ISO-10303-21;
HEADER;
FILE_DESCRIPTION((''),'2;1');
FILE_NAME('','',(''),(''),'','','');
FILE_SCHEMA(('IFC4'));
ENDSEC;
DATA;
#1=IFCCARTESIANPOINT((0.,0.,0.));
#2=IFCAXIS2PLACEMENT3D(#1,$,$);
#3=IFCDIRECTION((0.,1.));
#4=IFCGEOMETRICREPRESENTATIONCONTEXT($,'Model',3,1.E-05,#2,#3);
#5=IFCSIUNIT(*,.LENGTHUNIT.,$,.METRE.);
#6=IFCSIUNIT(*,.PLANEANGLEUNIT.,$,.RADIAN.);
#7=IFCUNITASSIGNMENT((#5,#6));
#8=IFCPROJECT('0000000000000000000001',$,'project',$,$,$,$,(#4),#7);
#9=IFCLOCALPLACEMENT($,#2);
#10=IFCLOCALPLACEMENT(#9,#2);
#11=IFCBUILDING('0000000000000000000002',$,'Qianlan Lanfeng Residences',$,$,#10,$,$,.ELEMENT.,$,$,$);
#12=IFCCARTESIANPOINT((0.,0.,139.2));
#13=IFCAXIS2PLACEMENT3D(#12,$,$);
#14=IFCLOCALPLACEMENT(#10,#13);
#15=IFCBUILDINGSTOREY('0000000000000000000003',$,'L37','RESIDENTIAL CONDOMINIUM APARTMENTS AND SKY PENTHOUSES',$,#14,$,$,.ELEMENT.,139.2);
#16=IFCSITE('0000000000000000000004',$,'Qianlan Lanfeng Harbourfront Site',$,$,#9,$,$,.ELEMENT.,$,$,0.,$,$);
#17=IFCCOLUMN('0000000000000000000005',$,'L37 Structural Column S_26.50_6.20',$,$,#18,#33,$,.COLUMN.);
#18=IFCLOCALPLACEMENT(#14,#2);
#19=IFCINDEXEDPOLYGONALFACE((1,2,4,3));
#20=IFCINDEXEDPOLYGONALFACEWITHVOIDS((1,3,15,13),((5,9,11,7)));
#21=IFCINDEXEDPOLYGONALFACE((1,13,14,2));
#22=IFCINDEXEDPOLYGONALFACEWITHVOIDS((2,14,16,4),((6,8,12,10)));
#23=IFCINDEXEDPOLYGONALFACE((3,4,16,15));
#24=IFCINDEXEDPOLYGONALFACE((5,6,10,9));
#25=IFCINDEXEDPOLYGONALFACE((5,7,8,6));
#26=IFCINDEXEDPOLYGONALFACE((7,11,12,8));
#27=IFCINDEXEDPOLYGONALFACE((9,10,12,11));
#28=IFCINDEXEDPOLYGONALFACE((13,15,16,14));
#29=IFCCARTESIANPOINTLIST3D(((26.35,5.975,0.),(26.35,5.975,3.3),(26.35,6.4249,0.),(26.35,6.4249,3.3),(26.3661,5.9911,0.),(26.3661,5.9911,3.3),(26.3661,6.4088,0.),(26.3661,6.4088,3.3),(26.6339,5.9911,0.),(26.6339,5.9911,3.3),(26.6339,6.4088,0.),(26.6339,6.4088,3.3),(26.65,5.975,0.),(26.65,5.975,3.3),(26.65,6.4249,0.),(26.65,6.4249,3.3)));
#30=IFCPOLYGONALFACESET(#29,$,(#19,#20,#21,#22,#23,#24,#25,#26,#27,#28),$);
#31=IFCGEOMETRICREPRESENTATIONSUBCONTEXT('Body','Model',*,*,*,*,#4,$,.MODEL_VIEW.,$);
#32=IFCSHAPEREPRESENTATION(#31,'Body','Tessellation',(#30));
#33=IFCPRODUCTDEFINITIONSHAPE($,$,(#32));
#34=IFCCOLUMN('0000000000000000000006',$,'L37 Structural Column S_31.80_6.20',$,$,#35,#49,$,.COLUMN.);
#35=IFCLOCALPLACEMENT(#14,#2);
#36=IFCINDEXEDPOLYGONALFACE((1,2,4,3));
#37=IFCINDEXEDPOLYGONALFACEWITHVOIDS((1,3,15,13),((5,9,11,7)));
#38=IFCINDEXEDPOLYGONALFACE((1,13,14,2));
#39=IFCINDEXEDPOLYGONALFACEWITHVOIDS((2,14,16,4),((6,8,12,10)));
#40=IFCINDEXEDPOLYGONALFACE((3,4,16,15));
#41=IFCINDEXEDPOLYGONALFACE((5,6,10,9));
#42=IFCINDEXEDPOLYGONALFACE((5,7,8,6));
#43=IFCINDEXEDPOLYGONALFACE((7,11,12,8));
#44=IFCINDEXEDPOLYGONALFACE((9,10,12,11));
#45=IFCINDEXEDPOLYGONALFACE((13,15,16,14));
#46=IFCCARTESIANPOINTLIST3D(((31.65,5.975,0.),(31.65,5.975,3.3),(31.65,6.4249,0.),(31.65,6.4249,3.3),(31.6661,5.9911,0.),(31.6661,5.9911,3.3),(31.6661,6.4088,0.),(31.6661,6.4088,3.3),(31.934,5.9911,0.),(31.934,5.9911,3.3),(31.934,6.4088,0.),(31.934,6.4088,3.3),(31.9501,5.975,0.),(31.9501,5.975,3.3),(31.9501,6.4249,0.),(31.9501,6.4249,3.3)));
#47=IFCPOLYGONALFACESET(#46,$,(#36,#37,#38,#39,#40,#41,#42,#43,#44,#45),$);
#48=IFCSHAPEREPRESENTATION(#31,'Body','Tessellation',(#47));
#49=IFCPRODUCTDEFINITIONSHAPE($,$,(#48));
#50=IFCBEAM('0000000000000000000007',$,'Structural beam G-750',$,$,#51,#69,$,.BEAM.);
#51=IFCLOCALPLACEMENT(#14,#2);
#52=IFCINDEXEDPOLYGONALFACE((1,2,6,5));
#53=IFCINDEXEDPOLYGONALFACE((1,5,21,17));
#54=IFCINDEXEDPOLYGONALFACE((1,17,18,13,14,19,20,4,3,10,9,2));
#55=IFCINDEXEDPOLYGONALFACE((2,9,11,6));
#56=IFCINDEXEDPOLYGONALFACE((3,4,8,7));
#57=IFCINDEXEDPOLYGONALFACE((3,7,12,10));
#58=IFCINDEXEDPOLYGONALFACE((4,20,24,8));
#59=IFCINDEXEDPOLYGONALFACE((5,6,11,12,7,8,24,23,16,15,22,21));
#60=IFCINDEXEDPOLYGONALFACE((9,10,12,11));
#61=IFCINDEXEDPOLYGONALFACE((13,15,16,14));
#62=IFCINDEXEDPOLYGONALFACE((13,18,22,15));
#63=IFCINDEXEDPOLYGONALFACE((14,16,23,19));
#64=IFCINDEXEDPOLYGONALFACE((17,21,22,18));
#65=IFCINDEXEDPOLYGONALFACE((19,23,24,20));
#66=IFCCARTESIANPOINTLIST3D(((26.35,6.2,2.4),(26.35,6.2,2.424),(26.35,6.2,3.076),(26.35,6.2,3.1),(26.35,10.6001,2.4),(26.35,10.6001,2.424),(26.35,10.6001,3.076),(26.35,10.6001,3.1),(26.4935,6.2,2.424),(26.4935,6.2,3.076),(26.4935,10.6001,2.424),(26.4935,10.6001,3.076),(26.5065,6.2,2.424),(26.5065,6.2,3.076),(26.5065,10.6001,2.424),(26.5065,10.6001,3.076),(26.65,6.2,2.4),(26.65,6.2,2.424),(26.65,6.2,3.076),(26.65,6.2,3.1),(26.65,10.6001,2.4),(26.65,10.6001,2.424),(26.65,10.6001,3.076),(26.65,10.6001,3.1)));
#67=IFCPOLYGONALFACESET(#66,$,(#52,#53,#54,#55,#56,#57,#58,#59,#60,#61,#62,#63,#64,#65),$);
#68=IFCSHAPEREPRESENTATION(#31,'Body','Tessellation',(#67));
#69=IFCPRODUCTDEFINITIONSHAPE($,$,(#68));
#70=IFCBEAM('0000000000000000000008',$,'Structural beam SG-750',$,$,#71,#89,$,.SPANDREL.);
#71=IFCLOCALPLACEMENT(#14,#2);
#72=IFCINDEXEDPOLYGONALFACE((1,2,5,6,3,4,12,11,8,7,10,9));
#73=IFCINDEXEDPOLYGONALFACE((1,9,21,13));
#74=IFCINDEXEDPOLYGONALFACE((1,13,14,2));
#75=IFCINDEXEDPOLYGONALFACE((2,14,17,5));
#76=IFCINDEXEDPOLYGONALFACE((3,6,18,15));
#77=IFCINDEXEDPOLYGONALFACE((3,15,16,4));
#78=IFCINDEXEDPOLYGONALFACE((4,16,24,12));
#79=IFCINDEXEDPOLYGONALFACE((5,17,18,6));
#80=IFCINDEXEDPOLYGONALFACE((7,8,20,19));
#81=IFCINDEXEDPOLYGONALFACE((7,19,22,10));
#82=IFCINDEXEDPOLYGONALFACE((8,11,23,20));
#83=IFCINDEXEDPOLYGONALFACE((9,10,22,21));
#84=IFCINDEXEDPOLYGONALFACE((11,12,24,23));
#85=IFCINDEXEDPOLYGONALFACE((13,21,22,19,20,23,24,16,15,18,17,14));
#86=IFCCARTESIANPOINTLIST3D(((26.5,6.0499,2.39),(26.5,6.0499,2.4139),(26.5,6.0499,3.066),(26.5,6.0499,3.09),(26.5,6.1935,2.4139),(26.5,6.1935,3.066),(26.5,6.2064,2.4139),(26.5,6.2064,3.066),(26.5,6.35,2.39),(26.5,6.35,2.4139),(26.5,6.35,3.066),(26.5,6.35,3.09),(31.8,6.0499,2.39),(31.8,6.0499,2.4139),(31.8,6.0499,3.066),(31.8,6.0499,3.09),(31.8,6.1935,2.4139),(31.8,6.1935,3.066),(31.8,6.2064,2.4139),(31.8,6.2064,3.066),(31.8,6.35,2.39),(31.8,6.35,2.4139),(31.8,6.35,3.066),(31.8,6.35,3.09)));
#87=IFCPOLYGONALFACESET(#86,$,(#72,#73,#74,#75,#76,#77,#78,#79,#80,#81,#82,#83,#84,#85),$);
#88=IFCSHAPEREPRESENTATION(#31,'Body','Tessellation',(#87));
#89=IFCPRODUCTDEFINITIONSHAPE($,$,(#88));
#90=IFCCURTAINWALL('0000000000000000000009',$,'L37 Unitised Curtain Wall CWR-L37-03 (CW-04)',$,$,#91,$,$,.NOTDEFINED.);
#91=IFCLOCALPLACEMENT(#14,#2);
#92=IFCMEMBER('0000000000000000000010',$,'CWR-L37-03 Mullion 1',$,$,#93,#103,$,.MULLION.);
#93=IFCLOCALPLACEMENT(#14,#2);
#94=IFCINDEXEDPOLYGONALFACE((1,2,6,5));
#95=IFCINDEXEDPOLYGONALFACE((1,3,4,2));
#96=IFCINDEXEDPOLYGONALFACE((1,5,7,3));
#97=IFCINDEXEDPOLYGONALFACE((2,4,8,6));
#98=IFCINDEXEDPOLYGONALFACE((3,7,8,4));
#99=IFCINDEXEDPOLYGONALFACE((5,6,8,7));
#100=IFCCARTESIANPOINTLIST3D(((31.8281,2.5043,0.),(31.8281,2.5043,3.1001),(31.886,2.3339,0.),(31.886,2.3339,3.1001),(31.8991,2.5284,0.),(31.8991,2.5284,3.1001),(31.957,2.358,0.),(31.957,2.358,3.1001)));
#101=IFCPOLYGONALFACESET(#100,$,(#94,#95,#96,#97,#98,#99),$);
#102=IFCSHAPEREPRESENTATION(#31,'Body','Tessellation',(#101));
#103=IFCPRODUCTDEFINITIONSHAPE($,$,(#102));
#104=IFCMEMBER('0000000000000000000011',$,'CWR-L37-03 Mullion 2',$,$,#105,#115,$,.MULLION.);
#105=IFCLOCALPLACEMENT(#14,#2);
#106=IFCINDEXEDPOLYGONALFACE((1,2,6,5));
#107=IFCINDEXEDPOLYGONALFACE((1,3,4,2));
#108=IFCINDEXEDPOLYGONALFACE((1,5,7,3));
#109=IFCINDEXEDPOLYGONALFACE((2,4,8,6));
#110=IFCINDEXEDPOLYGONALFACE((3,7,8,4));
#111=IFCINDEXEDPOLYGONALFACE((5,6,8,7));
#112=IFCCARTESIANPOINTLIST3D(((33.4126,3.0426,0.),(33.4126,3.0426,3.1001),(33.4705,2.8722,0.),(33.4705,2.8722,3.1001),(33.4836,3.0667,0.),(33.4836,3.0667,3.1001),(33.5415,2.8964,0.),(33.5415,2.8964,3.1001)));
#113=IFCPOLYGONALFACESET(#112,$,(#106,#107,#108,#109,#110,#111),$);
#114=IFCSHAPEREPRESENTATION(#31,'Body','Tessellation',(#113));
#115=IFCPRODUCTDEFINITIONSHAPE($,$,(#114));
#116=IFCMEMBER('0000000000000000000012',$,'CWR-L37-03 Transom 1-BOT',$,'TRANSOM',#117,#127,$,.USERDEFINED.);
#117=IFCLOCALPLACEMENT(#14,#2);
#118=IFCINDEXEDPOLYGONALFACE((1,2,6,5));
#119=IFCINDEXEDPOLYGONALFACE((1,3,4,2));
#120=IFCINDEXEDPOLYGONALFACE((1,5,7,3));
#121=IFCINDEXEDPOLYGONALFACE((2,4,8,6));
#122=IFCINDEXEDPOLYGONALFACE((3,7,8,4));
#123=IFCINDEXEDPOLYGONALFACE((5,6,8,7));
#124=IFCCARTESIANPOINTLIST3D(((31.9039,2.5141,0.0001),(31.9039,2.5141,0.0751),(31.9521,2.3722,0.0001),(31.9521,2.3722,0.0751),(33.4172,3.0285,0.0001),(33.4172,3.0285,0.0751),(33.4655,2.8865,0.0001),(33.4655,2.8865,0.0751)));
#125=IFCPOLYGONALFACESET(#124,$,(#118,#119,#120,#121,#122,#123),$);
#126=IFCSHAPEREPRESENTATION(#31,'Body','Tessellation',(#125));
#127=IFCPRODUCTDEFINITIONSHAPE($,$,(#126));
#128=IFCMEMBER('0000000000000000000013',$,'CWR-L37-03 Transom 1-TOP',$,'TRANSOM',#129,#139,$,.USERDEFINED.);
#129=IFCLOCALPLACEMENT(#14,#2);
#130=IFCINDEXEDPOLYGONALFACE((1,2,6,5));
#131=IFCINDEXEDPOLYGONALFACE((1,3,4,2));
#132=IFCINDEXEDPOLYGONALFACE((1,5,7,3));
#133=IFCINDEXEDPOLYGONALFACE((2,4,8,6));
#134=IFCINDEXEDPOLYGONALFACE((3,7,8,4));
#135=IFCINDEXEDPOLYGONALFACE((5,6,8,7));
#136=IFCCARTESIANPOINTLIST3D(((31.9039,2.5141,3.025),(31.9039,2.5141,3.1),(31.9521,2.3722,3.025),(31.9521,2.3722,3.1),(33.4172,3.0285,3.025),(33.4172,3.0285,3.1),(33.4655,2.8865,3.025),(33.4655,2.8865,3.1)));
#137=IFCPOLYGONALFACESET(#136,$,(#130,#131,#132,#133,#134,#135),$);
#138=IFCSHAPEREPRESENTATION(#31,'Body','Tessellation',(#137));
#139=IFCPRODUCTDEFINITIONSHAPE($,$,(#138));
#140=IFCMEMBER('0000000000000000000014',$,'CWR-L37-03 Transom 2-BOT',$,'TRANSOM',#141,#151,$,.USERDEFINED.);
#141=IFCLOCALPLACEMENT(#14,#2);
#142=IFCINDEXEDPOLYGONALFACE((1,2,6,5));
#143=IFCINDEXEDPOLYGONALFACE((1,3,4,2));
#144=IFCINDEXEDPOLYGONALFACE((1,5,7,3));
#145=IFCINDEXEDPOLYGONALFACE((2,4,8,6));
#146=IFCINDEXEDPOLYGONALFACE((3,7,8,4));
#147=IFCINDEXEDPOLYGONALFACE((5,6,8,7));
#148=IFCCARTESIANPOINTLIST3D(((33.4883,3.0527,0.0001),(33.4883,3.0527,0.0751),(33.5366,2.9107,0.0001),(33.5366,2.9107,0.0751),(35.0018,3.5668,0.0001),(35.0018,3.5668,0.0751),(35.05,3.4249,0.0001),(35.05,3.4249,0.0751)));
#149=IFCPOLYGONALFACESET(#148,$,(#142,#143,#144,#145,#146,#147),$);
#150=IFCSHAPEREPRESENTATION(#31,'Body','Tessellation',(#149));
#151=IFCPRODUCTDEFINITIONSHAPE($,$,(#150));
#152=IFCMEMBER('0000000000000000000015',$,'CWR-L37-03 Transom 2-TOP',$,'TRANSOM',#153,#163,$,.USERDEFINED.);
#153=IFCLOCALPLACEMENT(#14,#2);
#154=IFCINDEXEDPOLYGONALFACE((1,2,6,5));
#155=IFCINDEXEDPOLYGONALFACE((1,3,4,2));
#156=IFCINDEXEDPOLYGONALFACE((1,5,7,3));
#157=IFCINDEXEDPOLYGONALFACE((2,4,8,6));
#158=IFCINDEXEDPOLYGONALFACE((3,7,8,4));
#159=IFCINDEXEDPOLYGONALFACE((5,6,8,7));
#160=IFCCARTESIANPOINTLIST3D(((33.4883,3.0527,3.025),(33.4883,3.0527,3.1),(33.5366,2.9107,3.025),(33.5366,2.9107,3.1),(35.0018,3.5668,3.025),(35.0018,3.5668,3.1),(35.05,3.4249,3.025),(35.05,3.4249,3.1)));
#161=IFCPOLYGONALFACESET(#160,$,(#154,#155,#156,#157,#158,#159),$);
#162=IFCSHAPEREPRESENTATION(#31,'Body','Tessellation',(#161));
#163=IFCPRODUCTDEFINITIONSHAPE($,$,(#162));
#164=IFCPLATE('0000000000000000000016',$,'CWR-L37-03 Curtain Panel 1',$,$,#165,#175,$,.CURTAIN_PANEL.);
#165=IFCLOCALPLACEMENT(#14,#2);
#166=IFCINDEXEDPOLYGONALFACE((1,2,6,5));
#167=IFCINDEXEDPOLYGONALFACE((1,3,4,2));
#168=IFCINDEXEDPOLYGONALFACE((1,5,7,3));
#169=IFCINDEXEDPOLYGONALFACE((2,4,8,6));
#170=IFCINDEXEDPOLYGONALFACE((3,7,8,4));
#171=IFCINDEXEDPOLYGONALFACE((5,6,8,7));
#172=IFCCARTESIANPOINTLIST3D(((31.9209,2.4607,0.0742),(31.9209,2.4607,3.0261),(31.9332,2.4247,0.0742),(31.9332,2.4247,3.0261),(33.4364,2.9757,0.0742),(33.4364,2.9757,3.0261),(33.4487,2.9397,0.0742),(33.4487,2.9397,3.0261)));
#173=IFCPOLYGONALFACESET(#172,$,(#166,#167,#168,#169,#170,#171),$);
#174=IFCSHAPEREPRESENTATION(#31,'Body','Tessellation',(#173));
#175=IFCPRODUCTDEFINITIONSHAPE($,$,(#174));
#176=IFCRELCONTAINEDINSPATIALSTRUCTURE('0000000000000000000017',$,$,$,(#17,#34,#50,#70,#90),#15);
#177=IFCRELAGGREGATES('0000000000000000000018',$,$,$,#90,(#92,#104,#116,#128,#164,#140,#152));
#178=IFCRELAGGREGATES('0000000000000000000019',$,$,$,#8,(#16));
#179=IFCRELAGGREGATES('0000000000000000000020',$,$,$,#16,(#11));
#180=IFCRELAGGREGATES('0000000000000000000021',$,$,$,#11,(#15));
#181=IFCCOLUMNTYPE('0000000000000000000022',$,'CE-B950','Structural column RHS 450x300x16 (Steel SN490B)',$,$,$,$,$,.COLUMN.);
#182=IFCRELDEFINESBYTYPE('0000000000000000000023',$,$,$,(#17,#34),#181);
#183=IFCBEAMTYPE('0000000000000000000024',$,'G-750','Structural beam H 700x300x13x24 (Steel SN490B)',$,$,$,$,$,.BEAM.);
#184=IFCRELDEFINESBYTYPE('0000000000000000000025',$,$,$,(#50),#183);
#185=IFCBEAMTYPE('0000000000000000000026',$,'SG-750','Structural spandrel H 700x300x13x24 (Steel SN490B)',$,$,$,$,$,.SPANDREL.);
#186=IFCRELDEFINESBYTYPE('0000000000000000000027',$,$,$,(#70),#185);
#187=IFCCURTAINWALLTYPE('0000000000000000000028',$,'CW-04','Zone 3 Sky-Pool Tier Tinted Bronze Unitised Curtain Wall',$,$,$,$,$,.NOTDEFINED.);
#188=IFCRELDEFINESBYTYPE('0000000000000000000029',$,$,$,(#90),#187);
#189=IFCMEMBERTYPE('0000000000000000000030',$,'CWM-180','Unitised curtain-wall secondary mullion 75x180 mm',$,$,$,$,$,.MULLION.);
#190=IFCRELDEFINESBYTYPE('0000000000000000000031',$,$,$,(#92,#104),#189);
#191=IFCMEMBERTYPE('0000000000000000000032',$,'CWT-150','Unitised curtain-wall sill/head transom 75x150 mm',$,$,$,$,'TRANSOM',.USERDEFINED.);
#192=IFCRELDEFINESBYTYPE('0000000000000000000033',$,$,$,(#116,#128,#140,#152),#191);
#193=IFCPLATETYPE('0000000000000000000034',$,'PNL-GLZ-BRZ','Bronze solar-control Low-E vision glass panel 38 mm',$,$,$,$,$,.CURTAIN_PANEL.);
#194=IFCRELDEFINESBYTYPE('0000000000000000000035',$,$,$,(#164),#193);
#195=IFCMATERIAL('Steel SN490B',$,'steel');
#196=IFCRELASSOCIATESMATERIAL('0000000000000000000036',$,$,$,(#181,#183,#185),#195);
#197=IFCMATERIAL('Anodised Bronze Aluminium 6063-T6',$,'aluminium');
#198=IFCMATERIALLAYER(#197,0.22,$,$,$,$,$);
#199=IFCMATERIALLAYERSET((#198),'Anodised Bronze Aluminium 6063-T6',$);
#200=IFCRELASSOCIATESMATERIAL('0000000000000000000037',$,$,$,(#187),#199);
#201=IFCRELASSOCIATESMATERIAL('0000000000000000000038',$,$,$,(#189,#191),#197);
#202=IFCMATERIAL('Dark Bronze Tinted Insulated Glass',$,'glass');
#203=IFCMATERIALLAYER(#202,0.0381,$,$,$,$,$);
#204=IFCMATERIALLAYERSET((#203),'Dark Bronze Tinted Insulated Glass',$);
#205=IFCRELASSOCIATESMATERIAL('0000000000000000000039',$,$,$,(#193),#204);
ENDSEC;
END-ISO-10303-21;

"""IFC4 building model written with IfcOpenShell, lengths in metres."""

from ifc_helpers import new_model, si_unit, direction, frame, origin, origin_2d, place, context, subcontext, project, spatial, rectangle, hollow_rectangle, i_section, extrude, source, transform, mapped, material, layer, layer_set, material_profile, profile_set, type_object, element, aggregate, save


model = new_model("IFC4")

# Units and contexts
model_context = context("Model", 3, precision=1e-05, world=origin(), true_north=direction((0.0, 1.0)))
body_context = subcontext(model_context, "Body", "Model", "MODEL_VIEW")
ifc_project = project(units=[si_unit("LENGTHUNIT", "METRE"), si_unit("PLANEANGLEUNIT", "RADIAN")], contexts=[model_context])

# Site, building, storey
site_placement = place(None, origin())
site = spatial("IfcSite", under=ifc_project, at=site_placement, Name="Qianlan Lanfeng Harbourfront Site", CompositionType="ELEMENT", RefElevation=0.0)
building_placement = place(site_placement, origin())
building = spatial("IfcBuilding", under=site, at=building_placement, Name="Qianlan Lanfeng Residences", CompositionType="ELEMENT")
storey_placement = place(building_placement, frame((0.0, 0.0, 139.2)))
storey = spatial("IfcBuildingStorey", under=building, at=storey_placement, Name="L37", Description="RESIDENTIAL CONDOMINIUM APARTMENTS AND SKY PENTHOUSES", CompositionType="ELEMENT", Elevation=139.2)

# Columns
ifc_material_1 = material(Name="Steel SN490B", Category="steel")
ifc_material_profile_1 = material_profile(ifc_material_1, hollow_rectangle(XDim=0.3, YDim=0.45, WallThickness=0.0161, at=origin_2d()), Name="RHS 450x300x16")
ifc_profile_set_1 = profile_set([ifc_material_profile_1], Name="Steel SN490B")
column_type = type_object("IfcColumnType", Name="CE-B950", Description="Structural column RHS 450x300x16 (Steel SN490B)", PredefinedType="COLUMN", material=ifc_profile_set_1)
for number, where, z_axis, x_axis, name in (
    (1, (26.5, 6.2, 0.0), (0.0, 0.0, 1.0), (1.0, 0.0, 0.0), "L37 Structural Column S_26.50_6.20"),
    (2, (31.8, 6.2, 0.0), (0.0, 0.0, 1.0), (1.0, 0.0, 0.0), "L37 Structural Column S_31.80_6.20"),
):
    element("IfcColumn", number, at=place(storey_placement, frame(where, z_axis=z_axis, x_axis=x_axis)), inside=storey, type_object=column_type, Name=name, PredefinedType="COLUMN", context=body_context, shape_type="SweptSolid", body=[
        extrude(hollow_rectangle(XDim=0.3, YDim=0.45, WallThickness=0.0161, at=origin_2d()), origin(), (0.0, 0.0, 1.0), 3.3),
    ])

# Beams
ifc_material_profile_2 = material_profile(ifc_material_1, i_section(OverallWidth=0.3, OverallDepth=0.7, WebThickness=0.0129, FlangeThickness=0.0239, at=origin_2d()), Name="H 700x300x13x24")
ifc_profile_set_2 = profile_set([ifc_material_profile_2], Name="Steel SN490B")
beam_type_1 = type_object("IfcBeamType", Name="G-750", Description="Structural beam H 700x300x13x24 (Steel SN490B)", PredefinedType="BEAM", material=ifc_profile_set_2)
beam_1_placement = place(storey_placement, frame((26.5, 6.2, 2.75), z_axis=(0.0, 1.0, 0.0), x_axis=(-1.0, 0.0, 0.0)))
element("IfcBeam", 3, at=beam_1_placement, inside=storey, type_object=beam_type_1, Name="Structural beam G-750", PredefinedType="BEAM", context=body_context, shape_type="SweptSolid", body=[
    extrude(i_section(OverallWidth=0.3, OverallDepth=0.7, WebThickness=0.0129, FlangeThickness=0.0239, at=origin_2d()), origin(), (0.0, 0.0, 1.0), 4.4001),
])
ifc_material_profile_3 = material_profile(ifc_material_1, i_section(OverallWidth=0.3, OverallDepth=0.7, WebThickness=0.0129, FlangeThickness=0.0239, at=origin_2d()), Name="H 700x300x13x24")
ifc_profile_set_3 = profile_set([ifc_material_profile_3], Name="Steel SN490B")
beam_type_2 = type_object("IfcBeamType", Name="SG-750", Description="Structural spandrel H 700x300x13x24 (Steel SN490B)", PredefinedType="SPANDREL", material=ifc_profile_set_3)
beam_2_placement = place(storey_placement, frame((26.5, 6.2, 2.74), z_axis=(1.0, 0.0, 0.0), x_axis=(0.0, 1.0, 0.0)))
element("IfcBeam", 4, at=beam_2_placement, inside=storey, type_object=beam_type_2, Name="Structural beam SG-750", PredefinedType="SPANDREL", context=body_context, shape_type="SweptSolid", body=[
    extrude(i_section(OverallWidth=0.3, OverallDepth=0.7, WebThickness=0.0129, FlangeThickness=0.0239, at=origin_2d()), origin(), (0.0, 0.0, 1.0), 5.3),
])

# Curtain wall, members, plate
ifc_material_2 = material(Name="Anodised Bronze Aluminium 6063-T6", Category="aluminium")
ifc_layer_1 = layer(ifc_material_2, 0.22)
ifc_layer_set_1 = layer_set([ifc_layer_1], Name="Anodised Bronze Aluminium 6063-T6")
curtain_wall_type = type_object("IfcCurtainWallType", Name="CW-04", Description="Zone 3 Sky-Pool Tier Tinted Bronze Unitised Curtain Wall", PredefinedType="NOTDEFINED", material=ifc_layer_set_1)
curtain_wall_placement = place(storey_placement, origin())
curtain_wall = element("IfcCurtainWall", 5, at=curtain_wall_placement, inside=storey, type_object=curtain_wall_type, Name="L37 Unitised Curtain Wall CWR-L37-03 (CW-04)", PredefinedType="NOTDEFINED")
ifc_material_profile_4 = material_profile(ifc_material_2, rectangle(XDim=0.075, YDim=0.1799, at=origin_2d()), Name="ALU MULLION 75x180")
ifc_profile_set_4 = profile_set([ifc_material_profile_4], Name="Anodised Bronze Aluminium 6063-T6")
member_type_1 = type_object("IfcMemberType", Name="CWM-180", Description="Unitised curtain-wall secondary mullion 75x180 mm", PredefinedType="MULLION", material=ifc_profile_set_4)
shared_shape_1 = source(origin(), body_context, "Body", "SweptSolid", [
    extrude(rectangle(XDim=0.075, YDim=0.1799, at=origin_2d()), origin(), (0.0, 0.0, 1.0), 3.1001),
])
member_1_placement = place(storey_placement, frame((31.8926, 2.4312, 0.0), z_axis=(0.0, 0.0, 1.0), x_axis=(0.946826, 0.321745, 0.0)))
member_1 = element("IfcMember", 6, at=member_1_placement, type_object=member_type_1, Name="CWR-L37-03 Mullion 1", PredefinedType="MULLION", context=body_context, shape_type="MappedRepresentation", body=[
    mapped(shared_shape_1, transform((0.0, 0.0, 0.0), scale=1.0)),
])
member_2_placement = place(storey_placement, frame((33.4771, 2.9695, 0.0), z_axis=(0.0, 0.0, 1.0), x_axis=(0.946826, 0.321745, 0.0)))
member_2 = element("IfcMember", 7, at=member_2_placement, type_object=member_type_1, Name="CWR-L37-03 Mullion 2", PredefinedType="MULLION", context=body_context, shape_type="MappedRepresentation", body=[
    mapped(shared_shape_1, transform((0.0, 0.0, 0.0), scale=1.0)),
])
ifc_material_profile_5 = material_profile(ifc_material_2, rectangle(XDim=0.075, YDim=0.1499, at=origin_2d()), Name="ALU TRANSOM 75x150")
ifc_profile_set_5 = profile_set([ifc_material_profile_5], Name="Anodised Bronze Aluminium 6063-T6")
member_type_2 = type_object("IfcMemberType", Name="CWT-150", Description="Unitised curtain-wall sill/head transom 75x150 mm", ElementType="TRANSOM", PredefinedType="USERDEFINED", material=ifc_profile_set_5)
shared_shape_2 = source(origin(), body_context, "Body", "SweptSolid", [
    extrude(rectangle(XDim=0.075, YDim=0.1499, at=origin_2d()), origin(), (0.0, 0.0, 1.0), 1.5984),
])
member_3_placement = place(storey_placement, frame((31.928, 2.4431, 0.0376), z_axis=(0.946803, 0.321812, 0.0), x_axis=(0.0, 0.0, 1.0)))
member_3 = element("IfcMember", 8, at=member_3_placement, type_object=member_type_2, Name="CWR-L37-03 Transom 1-BOT", ObjectType="TRANSOM", PredefinedType="USERDEFINED", context=body_context, shape_type="MappedRepresentation", body=[
    mapped(shared_shape_2, transform((0.0, 0.0, 0.0), scale=1.0)),
])
member_4_placement = place(storey_placement, frame((31.928, 2.4431, 3.0625), z_axis=(0.946803, 0.321812, 0.0), x_axis=(0.0, 0.0, 1.0)))
member_4 = element("IfcMember", 9, at=member_4_placement, type_object=member_type_2, Name="CWR-L37-03 Transom 1-TOP", ObjectType="TRANSOM", PredefinedType="USERDEFINED", context=body_context, shape_type="MappedRepresentation", body=[
    mapped(shared_shape_2, transform((0.0, 0.0, 0.0), scale=1.0)),
])
member_5_placement = place(storey_placement, frame((33.5125, 2.9817, 0.0376), z_axis=(0.94685, 0.321675, 0.0), x_axis=(0.0, 0.0, 1.0)))
member_5 = element("IfcMember", 10, at=member_5_placement, type_object=member_type_2, Name="CWR-L37-03 Transom 2-BOT", ObjectType="TRANSOM", PredefinedType="USERDEFINED", context=body_context, shape_type="MappedRepresentation", body=[
    mapped(shared_shape_2, transform((0.0, 0.0, 0.0), scale=1.0)),
])
member_6_placement = place(storey_placement, frame((33.5125, 2.9817, 3.0625), z_axis=(0.94685, 0.321675, 0.0), x_axis=(0.0, 0.0, 1.0)))
member_6 = element("IfcMember", 11, at=member_6_placement, type_object=member_type_2, Name="CWR-L37-03 Transom 2-TOP", ObjectType="TRANSOM", PredefinedType="USERDEFINED", context=body_context, shape_type="MappedRepresentation", body=[
    mapped(shared_shape_2, transform((0.0, 0.0, 0.0), scale=1.0)),
])
ifc_material_3 = material(Name="Dark Bronze Tinted Insulated Glass", Category="glass")
ifc_layer_2 = layer(ifc_material_3, 0.0381)
ifc_layer_set_2 = layer_set([ifc_layer_2], Name="Dark Bronze Tinted Insulated Glass")
plate_type = type_object("IfcPlateType", Name="PNL-GLZ-BRZ", Description="Bronze solar-control Low-E vision glass panel 38 mm", PredefinedType="CURTAIN_PANEL", material=ifc_layer_set_2)
shared_shape_3 = source(origin(), body_context, "Body", "SweptSolid", [
    extrude(rectangle(XDim=1.6006, YDim=0.0381, at=origin_2d()), origin(), (0.0, 0.0, 1.0), 2.9519),
])
plate_1_placement = place(storey_placement, frame((32.6848, 2.7002, 0.0742), z_axis=(0.0, 0.0, 1.0), x_axis=(0.946826, 0.321745, 0.0)))
plate_1 = element("IfcPlate", 12, at=plate_1_placement, type_object=plate_type, Name="CWR-L37-03 Curtain Panel 1", PredefinedType="CURTAIN_PANEL", context=body_context, shape_type="MappedRepresentation", body=[
    mapped(shared_shape_3, transform((0.0, 0.0, 0.0), scale=1.0)),
])
aggregate(curtain_wall, [member_1, member_2, member_3, member_4, plate_1, member_5, member_6])

save(model, "model.ifc")
